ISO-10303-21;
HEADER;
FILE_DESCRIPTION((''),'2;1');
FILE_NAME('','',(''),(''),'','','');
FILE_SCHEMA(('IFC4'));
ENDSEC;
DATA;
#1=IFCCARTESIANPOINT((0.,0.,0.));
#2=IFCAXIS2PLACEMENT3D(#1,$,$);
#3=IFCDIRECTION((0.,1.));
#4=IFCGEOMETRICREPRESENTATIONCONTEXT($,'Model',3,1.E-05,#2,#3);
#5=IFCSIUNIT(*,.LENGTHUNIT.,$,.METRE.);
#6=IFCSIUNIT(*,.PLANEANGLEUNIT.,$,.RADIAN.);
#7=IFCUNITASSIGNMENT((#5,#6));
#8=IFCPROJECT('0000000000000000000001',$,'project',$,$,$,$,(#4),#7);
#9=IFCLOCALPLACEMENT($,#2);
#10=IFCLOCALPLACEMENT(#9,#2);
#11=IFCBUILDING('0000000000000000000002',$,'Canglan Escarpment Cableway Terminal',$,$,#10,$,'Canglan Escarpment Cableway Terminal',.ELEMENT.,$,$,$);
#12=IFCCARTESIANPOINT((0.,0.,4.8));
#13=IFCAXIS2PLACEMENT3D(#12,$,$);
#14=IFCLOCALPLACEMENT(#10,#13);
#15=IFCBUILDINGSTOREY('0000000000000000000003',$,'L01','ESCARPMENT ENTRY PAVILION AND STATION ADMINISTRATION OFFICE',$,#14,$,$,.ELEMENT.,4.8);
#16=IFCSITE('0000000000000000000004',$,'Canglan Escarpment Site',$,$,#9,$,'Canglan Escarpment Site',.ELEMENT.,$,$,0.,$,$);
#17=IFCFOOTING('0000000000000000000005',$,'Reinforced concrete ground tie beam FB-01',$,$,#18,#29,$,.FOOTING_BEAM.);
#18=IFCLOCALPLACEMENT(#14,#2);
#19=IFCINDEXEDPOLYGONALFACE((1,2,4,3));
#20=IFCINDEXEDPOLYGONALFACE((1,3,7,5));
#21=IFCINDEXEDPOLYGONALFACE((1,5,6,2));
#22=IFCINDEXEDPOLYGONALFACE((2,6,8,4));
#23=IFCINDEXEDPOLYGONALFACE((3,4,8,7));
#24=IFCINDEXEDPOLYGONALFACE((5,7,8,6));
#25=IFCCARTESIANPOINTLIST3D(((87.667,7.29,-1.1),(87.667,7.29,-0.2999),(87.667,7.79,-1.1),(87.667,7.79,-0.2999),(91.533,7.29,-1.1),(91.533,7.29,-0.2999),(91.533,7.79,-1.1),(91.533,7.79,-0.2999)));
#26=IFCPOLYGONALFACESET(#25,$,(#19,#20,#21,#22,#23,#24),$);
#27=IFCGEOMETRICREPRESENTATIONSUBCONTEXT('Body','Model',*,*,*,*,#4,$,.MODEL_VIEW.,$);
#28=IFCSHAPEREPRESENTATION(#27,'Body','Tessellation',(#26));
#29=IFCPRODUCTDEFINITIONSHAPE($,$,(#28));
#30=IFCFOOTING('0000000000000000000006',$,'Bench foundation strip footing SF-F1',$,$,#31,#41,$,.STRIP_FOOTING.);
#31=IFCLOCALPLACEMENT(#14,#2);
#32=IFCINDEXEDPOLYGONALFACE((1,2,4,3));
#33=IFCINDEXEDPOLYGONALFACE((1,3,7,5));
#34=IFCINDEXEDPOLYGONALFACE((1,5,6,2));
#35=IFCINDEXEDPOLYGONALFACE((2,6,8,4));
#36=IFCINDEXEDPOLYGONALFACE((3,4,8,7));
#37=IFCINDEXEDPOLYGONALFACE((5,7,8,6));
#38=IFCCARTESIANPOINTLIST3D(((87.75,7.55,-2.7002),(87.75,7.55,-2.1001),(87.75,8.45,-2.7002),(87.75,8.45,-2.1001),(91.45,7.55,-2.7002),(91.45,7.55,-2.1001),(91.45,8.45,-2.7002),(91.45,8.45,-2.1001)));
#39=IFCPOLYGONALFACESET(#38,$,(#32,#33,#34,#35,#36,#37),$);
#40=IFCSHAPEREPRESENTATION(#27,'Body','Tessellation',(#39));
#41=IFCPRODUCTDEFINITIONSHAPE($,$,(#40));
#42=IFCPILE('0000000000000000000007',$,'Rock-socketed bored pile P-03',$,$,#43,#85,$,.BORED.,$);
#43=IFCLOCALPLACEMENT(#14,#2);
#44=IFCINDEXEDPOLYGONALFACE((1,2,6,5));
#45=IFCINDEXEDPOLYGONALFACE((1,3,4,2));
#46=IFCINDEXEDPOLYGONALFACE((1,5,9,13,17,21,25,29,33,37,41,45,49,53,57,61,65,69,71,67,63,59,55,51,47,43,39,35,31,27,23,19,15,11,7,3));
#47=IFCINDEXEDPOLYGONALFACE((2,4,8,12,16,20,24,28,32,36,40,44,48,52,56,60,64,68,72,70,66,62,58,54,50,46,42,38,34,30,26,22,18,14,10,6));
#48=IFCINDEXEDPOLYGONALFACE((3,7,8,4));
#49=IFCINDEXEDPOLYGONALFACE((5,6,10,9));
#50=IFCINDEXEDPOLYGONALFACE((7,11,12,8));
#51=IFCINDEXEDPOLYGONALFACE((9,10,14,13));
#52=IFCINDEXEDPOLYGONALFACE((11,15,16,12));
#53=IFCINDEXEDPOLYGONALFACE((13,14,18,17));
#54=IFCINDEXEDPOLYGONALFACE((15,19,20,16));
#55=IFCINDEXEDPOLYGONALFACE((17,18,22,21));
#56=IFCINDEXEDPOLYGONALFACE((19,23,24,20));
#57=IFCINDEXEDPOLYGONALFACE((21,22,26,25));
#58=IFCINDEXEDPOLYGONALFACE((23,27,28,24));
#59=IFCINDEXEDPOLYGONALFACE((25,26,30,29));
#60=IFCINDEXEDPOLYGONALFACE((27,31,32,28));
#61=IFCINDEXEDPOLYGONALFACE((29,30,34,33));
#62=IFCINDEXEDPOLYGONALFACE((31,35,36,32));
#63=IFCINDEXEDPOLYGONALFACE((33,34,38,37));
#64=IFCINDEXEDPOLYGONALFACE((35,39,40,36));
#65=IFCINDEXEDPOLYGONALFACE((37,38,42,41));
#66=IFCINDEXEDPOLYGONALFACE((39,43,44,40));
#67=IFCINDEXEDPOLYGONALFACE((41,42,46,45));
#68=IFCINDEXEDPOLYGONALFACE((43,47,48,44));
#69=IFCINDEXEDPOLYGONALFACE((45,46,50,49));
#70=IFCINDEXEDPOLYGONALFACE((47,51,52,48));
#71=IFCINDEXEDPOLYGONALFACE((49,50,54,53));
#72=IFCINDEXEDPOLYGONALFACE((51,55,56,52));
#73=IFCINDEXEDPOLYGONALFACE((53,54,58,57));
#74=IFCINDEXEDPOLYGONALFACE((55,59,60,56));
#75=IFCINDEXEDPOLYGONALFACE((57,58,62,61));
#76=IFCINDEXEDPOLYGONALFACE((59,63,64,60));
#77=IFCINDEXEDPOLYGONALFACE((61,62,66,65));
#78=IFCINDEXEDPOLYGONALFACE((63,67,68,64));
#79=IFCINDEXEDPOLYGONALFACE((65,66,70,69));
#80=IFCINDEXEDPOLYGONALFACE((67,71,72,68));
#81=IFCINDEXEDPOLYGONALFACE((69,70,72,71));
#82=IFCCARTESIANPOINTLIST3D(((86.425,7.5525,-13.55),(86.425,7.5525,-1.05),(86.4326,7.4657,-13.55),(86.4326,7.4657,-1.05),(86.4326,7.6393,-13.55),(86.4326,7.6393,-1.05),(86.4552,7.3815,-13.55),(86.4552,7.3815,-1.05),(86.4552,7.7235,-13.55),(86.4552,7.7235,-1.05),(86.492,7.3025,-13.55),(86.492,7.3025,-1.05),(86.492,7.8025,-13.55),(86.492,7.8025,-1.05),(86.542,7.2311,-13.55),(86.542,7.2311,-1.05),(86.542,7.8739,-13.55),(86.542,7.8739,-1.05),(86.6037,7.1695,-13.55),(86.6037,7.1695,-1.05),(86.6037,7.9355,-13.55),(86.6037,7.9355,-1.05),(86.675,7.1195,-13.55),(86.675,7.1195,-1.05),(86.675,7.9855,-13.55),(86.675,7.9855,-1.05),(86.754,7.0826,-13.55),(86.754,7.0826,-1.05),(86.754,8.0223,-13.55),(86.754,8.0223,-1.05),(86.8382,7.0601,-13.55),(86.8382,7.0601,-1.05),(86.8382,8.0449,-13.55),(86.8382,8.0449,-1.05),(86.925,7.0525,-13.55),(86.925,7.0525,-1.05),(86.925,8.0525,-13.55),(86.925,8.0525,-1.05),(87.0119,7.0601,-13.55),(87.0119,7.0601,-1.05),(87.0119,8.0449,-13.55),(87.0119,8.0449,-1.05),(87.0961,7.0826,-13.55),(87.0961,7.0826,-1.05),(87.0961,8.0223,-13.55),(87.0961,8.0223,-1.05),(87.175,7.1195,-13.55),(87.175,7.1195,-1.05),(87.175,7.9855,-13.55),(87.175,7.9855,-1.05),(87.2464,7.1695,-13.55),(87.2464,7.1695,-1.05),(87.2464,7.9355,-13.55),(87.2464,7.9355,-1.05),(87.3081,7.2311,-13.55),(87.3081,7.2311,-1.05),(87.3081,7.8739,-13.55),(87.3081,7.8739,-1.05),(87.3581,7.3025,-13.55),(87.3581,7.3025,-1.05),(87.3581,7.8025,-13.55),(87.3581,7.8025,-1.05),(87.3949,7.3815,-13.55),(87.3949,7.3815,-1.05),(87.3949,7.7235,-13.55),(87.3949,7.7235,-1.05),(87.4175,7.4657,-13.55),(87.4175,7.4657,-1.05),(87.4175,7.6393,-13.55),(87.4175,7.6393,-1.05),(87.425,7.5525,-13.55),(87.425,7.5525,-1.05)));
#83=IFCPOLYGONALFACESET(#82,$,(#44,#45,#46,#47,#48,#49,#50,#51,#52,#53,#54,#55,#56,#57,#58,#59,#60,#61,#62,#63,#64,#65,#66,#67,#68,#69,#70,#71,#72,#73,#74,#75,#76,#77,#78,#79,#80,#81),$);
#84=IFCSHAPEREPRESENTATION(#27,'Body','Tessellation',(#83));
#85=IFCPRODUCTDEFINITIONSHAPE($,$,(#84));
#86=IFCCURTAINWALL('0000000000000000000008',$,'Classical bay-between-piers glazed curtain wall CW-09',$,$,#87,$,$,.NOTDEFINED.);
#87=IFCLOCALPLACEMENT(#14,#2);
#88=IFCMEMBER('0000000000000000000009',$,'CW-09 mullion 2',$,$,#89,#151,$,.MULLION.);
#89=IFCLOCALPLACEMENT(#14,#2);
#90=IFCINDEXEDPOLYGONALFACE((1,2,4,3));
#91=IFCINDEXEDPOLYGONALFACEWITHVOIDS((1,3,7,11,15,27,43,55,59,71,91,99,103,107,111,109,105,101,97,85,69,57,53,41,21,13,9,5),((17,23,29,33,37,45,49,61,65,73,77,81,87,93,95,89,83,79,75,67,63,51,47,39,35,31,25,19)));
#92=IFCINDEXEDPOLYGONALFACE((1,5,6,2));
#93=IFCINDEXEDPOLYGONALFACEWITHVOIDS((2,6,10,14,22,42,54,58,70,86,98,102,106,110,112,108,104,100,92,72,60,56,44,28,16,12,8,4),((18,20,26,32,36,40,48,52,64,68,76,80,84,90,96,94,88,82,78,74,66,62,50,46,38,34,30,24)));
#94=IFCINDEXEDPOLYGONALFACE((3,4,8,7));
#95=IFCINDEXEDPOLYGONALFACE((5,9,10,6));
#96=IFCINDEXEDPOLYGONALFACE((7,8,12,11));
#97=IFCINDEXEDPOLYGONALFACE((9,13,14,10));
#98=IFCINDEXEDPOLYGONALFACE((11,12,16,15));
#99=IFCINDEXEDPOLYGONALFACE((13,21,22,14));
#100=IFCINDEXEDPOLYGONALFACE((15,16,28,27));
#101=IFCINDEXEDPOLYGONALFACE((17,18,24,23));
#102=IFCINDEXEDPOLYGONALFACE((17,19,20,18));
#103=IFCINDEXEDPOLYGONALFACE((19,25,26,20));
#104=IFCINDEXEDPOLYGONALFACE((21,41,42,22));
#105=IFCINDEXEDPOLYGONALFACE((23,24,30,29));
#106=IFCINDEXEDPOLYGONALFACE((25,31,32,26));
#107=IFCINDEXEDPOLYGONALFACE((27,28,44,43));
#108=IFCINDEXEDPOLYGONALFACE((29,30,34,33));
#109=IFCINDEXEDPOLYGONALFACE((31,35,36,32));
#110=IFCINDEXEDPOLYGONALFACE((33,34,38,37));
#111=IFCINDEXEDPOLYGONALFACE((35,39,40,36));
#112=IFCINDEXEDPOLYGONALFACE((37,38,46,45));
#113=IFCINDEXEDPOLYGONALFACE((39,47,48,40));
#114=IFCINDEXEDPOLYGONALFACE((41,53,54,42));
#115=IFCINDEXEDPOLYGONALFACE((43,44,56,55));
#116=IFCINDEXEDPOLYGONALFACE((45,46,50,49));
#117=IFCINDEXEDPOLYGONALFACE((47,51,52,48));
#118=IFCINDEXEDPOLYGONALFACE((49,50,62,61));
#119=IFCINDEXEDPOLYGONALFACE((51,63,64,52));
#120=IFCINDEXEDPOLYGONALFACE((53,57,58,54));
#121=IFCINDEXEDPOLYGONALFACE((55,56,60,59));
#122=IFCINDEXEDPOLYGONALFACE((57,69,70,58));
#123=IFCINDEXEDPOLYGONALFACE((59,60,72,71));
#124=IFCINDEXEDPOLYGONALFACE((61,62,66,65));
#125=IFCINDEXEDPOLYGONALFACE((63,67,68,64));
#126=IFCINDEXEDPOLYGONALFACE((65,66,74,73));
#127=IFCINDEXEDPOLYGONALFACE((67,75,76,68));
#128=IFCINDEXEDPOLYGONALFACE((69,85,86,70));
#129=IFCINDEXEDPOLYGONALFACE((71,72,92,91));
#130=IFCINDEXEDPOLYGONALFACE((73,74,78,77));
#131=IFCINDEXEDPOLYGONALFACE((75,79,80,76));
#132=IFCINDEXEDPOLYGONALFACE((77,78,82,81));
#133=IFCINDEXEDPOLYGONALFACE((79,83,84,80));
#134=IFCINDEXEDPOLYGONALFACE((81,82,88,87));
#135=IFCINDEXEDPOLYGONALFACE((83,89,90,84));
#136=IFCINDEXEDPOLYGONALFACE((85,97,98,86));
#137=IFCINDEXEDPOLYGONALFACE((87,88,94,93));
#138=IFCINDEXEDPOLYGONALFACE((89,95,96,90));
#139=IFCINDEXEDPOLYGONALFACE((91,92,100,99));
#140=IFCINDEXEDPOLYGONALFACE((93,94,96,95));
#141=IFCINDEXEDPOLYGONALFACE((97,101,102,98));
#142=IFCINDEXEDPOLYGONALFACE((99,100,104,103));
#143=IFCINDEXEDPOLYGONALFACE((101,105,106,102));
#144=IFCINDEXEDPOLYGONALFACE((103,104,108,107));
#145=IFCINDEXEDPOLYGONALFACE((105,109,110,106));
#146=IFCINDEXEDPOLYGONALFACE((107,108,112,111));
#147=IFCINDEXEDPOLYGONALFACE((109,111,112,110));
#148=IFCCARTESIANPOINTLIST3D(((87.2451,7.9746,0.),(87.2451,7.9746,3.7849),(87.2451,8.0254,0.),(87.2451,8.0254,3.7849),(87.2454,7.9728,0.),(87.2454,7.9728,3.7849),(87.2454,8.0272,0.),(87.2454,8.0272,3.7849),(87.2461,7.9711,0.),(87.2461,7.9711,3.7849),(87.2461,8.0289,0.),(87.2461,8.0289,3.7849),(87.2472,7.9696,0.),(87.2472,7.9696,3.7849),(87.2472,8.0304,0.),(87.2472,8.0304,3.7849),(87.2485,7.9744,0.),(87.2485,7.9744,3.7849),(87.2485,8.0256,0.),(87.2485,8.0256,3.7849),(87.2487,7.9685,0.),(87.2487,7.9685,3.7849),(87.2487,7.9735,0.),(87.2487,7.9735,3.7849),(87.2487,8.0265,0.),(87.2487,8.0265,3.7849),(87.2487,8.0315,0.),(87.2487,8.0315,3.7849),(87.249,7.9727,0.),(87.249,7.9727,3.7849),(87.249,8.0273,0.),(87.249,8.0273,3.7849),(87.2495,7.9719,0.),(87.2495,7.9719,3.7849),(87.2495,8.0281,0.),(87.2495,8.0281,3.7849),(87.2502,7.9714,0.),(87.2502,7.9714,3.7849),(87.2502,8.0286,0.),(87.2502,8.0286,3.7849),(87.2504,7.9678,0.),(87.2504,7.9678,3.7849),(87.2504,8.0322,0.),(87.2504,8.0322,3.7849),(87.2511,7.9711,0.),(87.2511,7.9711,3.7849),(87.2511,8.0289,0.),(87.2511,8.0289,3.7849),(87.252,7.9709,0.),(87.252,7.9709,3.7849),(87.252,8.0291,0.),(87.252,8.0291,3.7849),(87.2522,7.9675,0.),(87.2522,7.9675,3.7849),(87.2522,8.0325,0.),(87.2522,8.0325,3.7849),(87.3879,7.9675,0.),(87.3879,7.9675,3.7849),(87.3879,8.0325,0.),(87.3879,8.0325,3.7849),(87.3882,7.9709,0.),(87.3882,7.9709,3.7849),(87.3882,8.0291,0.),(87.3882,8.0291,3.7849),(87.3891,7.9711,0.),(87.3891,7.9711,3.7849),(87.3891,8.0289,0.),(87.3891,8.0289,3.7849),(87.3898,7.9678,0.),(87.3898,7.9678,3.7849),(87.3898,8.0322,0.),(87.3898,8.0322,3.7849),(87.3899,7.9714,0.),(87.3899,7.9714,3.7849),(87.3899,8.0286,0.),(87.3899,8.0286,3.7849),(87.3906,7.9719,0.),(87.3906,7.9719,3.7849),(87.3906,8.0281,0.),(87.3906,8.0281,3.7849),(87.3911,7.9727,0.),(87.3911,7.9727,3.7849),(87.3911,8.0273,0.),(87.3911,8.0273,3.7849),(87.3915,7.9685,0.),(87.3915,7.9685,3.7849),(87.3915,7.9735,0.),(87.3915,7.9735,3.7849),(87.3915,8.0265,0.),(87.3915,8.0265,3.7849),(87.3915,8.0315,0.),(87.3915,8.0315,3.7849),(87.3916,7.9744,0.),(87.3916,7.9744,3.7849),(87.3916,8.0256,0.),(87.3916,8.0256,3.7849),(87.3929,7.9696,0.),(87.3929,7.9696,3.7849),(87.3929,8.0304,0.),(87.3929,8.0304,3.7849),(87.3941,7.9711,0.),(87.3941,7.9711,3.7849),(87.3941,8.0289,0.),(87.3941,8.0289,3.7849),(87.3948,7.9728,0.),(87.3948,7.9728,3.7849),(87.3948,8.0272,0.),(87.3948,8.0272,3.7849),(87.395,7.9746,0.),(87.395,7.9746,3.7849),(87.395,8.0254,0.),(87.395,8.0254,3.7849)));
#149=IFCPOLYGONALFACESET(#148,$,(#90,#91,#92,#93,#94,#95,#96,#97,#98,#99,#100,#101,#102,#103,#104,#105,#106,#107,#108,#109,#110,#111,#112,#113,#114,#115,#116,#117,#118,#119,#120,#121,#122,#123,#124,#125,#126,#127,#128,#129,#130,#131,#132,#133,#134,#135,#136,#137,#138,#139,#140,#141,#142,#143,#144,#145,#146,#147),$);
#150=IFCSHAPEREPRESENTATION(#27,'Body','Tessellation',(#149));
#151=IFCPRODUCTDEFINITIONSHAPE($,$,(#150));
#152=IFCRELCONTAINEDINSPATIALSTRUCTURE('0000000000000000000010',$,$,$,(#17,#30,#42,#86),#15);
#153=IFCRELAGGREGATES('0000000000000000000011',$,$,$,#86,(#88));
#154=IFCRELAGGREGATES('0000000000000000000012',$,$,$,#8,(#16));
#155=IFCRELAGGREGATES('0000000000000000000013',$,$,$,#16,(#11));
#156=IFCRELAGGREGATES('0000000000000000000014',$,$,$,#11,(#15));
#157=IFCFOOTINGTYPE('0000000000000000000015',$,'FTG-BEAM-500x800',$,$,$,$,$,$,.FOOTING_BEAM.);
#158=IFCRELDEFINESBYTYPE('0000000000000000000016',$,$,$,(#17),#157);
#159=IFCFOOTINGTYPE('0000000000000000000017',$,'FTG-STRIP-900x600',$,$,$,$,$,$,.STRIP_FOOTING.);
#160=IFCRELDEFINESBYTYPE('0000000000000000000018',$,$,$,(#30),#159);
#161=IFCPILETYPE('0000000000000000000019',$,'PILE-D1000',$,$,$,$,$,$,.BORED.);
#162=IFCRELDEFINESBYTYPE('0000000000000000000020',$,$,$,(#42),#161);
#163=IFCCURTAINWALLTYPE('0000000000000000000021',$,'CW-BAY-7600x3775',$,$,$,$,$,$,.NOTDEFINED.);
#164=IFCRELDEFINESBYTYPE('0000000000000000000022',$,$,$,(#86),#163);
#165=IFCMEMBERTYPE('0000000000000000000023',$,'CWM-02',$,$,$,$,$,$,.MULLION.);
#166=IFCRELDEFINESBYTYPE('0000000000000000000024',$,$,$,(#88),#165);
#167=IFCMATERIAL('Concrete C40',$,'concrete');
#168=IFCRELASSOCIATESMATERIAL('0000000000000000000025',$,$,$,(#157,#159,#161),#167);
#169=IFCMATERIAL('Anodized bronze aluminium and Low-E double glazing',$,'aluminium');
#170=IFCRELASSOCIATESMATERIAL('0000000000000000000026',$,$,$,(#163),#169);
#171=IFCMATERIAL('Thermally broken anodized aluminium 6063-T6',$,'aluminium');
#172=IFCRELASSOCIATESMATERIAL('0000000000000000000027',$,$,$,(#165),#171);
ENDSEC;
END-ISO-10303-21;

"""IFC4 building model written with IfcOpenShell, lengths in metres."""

from ifc_helpers import new_model, si_unit, direction, frame, origin, origin_2d, place, context, subcontext, project, spatial, rectangle, hollow_rectangle, circle, extrude, material, material_profile, profile_set, type_object, element, aggregate, save


model = new_model("IFC4")

# Units and contexts
model_context = context("Model", 3, precision=1e-05, world=origin(), true_north=direction((0.0, 1.0)))
body_context = subcontext(model_context, "Body", "Model", "MODEL_VIEW")
ifc_project = project(units=[si_unit("LENGTHUNIT", "METRE"), si_unit("PLANEANGLEUNIT", "RADIAN")], contexts=[model_context])

# Site, building, storey
site_placement = place(None, origin())
site = spatial("IfcSite", under=ifc_project, at=site_placement, Name="Canglan Escarpment Site", LongName="Canglan Escarpment Site", CompositionType="ELEMENT", RefElevation=0.0)
building_placement = place(site_placement, origin())
building = spatial("IfcBuilding", under=site, at=building_placement, Name="Canglan Escarpment Cableway Terminal", LongName="Canglan Escarpment Cableway Terminal", CompositionType="ELEMENT")
storey_placement = place(building_placement, frame((0.0, 0.0, 4.8)))
storey = spatial("IfcBuildingStorey", under=building, at=storey_placement, Name="L01", Description="ESCARPMENT ENTRY PAVILION AND STATION ADMINISTRATION OFFICE", CompositionType="ELEMENT", Elevation=4.8)

# Footings
ifc_material_1 = material(Name="Concrete C40", Category="concrete")
ifc_material_profile_1 = material_profile(ifc_material_1, rectangle(XDim=0.5, YDim=0.8, at=origin_2d()), Name="FB 500x800")
ifc_profile_set_1 = profile_set([ifc_material_profile_1], Name="Concrete C40")
footing_type_1 = type_object("IfcFootingType", Name="FTG-BEAM-500x800", PredefinedType="FOOTING_BEAM", material=ifc_profile_set_1)
footing_1_placement = place(storey_placement, frame((87.667, 7.54, -0.7), z_axis=(1.0, 0.0, 0.0), x_axis=(0.0, 1.0, 0.0)))
element("IfcFooting", 1, at=footing_1_placement, inside=storey, type_object=footing_type_1, Name="Reinforced concrete ground tie beam FB-01", PredefinedType="FOOTING_BEAM", context=body_context, shape_type="SweptSolid", body=[
    extrude(rectangle(XDim=0.5, YDim=0.8, at=origin_2d()), origin(), (0.0, 0.0, 1.0), 3.866),
])
ifc_material_profile_2 = material_profile(ifc_material_1, rectangle(XDim=0.8999, YDim=0.6001, at=origin_2d()), Name="SF 900x600")
ifc_profile_set_2 = profile_set([ifc_material_profile_2], Name="Concrete C40")
footing_type_2 = type_object("IfcFootingType", Name="FTG-STRIP-900x600", PredefinedType="STRIP_FOOTING", material=ifc_profile_set_2)
footing_2_placement = place(storey_placement, frame((87.75, 8.0, -2.4001), z_axis=(1.0, 0.0, 0.0), x_axis=(0.0, 1.0, 0.0)))
element("IfcFooting", 2, at=footing_2_placement, inside=storey, type_object=footing_type_2, Name="Bench foundation strip footing SF-F1", PredefinedType="STRIP_FOOTING", context=body_context, shape_type="SweptSolid", body=[
    extrude(rectangle(XDim=0.8999, YDim=0.6001, at=origin_2d()), origin(), (0.0, 0.0, 1.0), 3.7),
])

# Pile
ifc_material_profile_3 = material_profile(ifc_material_1, circle(Radius=0.5, at=origin_2d()), Name="BORED PILE D1000")
ifc_profile_set_3 = profile_set([ifc_material_profile_3], Name="Concrete C40")
pile_type = type_object("IfcPileType", Name="PILE-D1000", PredefinedType="BORED", material=ifc_profile_set_3)
pile_placement = place(storey_placement, frame((86.925, 7.5525, -1.05), z_axis=(0.0, 0.0, -1.0), x_axis=(1.0, 0.0, 0.0)))
element("IfcPile", 3, at=pile_placement, inside=storey, type_object=pile_type, Name="Rock-socketed bored pile P-03", PredefinedType="BORED", context=body_context, shape_type="SweptSolid", body=[
    extrude(circle(Radius=0.5, at=origin_2d()), origin(), (0.0, 0.0, 1.0), 12.5),
])

# Curtain wall, member
ifc_material_2 = material(Name="Anodized bronze aluminium and Low-E double glazing", Category="aluminium")
curtain_wall_type = type_object("IfcCurtainWallType", Name="CW-BAY-7600x3775", PredefinedType="NOTDEFINED", material=ifc_material_2)
curtain_wall_placement = place(storey_placement, origin())
curtain_wall = element("IfcCurtainWall", 4, at=curtain_wall_placement, inside=storey, type_object=curtain_wall_type, Name="Classical bay-between-piers glazed curtain wall CW-09", PredefinedType="NOTDEFINED")
ifc_material_3 = material(Name="Thermally broken anodized aluminium 6063-T6", Category="aluminium")
ifc_material_profile_4 = material_profile(ifc_material_3, hollow_rectangle(XDim=0.0649, YDim=0.1499, WallThickness=0.0034, InnerFilletRadius=0.0034, OuterFilletRadius=0.0071, at=origin_2d()), Name="ALU-MULL 65x150x3.5")
ifc_profile_set_4 = profile_set([ifc_material_profile_4], Name="Thermally broken anodized aluminium 6063-T6")
member_type_1 = type_object("IfcMemberType", Name="CWM-02", PredefinedType="MULLION", material=ifc_profile_set_4)
member_1_placement = place(storey_placement, frame((87.3201, 8.0, 0.0), z_axis=(0.0, 0.0, 1.0), x_axis=(0.0, 1.0, 0.0)))
member_1 = element("IfcMember", 5, at=member_1_placement, type_object=member_type_1, Name="CW-09 mullion 2", PredefinedType="MULLION", context=body_context, shape_type="SweptSolid", body=[
    extrude(hollow_rectangle(XDim=0.0649, YDim=0.1499, WallThickness=0.0034, InnerFilletRadius=0.0034, OuterFilletRadius=0.0071, at=origin_2d()), origin(), (0.0, 0.0, 1.0), 3.7849),
])
aggregate(curtain_wall, [member_1])

save(model, "model.ifc")
